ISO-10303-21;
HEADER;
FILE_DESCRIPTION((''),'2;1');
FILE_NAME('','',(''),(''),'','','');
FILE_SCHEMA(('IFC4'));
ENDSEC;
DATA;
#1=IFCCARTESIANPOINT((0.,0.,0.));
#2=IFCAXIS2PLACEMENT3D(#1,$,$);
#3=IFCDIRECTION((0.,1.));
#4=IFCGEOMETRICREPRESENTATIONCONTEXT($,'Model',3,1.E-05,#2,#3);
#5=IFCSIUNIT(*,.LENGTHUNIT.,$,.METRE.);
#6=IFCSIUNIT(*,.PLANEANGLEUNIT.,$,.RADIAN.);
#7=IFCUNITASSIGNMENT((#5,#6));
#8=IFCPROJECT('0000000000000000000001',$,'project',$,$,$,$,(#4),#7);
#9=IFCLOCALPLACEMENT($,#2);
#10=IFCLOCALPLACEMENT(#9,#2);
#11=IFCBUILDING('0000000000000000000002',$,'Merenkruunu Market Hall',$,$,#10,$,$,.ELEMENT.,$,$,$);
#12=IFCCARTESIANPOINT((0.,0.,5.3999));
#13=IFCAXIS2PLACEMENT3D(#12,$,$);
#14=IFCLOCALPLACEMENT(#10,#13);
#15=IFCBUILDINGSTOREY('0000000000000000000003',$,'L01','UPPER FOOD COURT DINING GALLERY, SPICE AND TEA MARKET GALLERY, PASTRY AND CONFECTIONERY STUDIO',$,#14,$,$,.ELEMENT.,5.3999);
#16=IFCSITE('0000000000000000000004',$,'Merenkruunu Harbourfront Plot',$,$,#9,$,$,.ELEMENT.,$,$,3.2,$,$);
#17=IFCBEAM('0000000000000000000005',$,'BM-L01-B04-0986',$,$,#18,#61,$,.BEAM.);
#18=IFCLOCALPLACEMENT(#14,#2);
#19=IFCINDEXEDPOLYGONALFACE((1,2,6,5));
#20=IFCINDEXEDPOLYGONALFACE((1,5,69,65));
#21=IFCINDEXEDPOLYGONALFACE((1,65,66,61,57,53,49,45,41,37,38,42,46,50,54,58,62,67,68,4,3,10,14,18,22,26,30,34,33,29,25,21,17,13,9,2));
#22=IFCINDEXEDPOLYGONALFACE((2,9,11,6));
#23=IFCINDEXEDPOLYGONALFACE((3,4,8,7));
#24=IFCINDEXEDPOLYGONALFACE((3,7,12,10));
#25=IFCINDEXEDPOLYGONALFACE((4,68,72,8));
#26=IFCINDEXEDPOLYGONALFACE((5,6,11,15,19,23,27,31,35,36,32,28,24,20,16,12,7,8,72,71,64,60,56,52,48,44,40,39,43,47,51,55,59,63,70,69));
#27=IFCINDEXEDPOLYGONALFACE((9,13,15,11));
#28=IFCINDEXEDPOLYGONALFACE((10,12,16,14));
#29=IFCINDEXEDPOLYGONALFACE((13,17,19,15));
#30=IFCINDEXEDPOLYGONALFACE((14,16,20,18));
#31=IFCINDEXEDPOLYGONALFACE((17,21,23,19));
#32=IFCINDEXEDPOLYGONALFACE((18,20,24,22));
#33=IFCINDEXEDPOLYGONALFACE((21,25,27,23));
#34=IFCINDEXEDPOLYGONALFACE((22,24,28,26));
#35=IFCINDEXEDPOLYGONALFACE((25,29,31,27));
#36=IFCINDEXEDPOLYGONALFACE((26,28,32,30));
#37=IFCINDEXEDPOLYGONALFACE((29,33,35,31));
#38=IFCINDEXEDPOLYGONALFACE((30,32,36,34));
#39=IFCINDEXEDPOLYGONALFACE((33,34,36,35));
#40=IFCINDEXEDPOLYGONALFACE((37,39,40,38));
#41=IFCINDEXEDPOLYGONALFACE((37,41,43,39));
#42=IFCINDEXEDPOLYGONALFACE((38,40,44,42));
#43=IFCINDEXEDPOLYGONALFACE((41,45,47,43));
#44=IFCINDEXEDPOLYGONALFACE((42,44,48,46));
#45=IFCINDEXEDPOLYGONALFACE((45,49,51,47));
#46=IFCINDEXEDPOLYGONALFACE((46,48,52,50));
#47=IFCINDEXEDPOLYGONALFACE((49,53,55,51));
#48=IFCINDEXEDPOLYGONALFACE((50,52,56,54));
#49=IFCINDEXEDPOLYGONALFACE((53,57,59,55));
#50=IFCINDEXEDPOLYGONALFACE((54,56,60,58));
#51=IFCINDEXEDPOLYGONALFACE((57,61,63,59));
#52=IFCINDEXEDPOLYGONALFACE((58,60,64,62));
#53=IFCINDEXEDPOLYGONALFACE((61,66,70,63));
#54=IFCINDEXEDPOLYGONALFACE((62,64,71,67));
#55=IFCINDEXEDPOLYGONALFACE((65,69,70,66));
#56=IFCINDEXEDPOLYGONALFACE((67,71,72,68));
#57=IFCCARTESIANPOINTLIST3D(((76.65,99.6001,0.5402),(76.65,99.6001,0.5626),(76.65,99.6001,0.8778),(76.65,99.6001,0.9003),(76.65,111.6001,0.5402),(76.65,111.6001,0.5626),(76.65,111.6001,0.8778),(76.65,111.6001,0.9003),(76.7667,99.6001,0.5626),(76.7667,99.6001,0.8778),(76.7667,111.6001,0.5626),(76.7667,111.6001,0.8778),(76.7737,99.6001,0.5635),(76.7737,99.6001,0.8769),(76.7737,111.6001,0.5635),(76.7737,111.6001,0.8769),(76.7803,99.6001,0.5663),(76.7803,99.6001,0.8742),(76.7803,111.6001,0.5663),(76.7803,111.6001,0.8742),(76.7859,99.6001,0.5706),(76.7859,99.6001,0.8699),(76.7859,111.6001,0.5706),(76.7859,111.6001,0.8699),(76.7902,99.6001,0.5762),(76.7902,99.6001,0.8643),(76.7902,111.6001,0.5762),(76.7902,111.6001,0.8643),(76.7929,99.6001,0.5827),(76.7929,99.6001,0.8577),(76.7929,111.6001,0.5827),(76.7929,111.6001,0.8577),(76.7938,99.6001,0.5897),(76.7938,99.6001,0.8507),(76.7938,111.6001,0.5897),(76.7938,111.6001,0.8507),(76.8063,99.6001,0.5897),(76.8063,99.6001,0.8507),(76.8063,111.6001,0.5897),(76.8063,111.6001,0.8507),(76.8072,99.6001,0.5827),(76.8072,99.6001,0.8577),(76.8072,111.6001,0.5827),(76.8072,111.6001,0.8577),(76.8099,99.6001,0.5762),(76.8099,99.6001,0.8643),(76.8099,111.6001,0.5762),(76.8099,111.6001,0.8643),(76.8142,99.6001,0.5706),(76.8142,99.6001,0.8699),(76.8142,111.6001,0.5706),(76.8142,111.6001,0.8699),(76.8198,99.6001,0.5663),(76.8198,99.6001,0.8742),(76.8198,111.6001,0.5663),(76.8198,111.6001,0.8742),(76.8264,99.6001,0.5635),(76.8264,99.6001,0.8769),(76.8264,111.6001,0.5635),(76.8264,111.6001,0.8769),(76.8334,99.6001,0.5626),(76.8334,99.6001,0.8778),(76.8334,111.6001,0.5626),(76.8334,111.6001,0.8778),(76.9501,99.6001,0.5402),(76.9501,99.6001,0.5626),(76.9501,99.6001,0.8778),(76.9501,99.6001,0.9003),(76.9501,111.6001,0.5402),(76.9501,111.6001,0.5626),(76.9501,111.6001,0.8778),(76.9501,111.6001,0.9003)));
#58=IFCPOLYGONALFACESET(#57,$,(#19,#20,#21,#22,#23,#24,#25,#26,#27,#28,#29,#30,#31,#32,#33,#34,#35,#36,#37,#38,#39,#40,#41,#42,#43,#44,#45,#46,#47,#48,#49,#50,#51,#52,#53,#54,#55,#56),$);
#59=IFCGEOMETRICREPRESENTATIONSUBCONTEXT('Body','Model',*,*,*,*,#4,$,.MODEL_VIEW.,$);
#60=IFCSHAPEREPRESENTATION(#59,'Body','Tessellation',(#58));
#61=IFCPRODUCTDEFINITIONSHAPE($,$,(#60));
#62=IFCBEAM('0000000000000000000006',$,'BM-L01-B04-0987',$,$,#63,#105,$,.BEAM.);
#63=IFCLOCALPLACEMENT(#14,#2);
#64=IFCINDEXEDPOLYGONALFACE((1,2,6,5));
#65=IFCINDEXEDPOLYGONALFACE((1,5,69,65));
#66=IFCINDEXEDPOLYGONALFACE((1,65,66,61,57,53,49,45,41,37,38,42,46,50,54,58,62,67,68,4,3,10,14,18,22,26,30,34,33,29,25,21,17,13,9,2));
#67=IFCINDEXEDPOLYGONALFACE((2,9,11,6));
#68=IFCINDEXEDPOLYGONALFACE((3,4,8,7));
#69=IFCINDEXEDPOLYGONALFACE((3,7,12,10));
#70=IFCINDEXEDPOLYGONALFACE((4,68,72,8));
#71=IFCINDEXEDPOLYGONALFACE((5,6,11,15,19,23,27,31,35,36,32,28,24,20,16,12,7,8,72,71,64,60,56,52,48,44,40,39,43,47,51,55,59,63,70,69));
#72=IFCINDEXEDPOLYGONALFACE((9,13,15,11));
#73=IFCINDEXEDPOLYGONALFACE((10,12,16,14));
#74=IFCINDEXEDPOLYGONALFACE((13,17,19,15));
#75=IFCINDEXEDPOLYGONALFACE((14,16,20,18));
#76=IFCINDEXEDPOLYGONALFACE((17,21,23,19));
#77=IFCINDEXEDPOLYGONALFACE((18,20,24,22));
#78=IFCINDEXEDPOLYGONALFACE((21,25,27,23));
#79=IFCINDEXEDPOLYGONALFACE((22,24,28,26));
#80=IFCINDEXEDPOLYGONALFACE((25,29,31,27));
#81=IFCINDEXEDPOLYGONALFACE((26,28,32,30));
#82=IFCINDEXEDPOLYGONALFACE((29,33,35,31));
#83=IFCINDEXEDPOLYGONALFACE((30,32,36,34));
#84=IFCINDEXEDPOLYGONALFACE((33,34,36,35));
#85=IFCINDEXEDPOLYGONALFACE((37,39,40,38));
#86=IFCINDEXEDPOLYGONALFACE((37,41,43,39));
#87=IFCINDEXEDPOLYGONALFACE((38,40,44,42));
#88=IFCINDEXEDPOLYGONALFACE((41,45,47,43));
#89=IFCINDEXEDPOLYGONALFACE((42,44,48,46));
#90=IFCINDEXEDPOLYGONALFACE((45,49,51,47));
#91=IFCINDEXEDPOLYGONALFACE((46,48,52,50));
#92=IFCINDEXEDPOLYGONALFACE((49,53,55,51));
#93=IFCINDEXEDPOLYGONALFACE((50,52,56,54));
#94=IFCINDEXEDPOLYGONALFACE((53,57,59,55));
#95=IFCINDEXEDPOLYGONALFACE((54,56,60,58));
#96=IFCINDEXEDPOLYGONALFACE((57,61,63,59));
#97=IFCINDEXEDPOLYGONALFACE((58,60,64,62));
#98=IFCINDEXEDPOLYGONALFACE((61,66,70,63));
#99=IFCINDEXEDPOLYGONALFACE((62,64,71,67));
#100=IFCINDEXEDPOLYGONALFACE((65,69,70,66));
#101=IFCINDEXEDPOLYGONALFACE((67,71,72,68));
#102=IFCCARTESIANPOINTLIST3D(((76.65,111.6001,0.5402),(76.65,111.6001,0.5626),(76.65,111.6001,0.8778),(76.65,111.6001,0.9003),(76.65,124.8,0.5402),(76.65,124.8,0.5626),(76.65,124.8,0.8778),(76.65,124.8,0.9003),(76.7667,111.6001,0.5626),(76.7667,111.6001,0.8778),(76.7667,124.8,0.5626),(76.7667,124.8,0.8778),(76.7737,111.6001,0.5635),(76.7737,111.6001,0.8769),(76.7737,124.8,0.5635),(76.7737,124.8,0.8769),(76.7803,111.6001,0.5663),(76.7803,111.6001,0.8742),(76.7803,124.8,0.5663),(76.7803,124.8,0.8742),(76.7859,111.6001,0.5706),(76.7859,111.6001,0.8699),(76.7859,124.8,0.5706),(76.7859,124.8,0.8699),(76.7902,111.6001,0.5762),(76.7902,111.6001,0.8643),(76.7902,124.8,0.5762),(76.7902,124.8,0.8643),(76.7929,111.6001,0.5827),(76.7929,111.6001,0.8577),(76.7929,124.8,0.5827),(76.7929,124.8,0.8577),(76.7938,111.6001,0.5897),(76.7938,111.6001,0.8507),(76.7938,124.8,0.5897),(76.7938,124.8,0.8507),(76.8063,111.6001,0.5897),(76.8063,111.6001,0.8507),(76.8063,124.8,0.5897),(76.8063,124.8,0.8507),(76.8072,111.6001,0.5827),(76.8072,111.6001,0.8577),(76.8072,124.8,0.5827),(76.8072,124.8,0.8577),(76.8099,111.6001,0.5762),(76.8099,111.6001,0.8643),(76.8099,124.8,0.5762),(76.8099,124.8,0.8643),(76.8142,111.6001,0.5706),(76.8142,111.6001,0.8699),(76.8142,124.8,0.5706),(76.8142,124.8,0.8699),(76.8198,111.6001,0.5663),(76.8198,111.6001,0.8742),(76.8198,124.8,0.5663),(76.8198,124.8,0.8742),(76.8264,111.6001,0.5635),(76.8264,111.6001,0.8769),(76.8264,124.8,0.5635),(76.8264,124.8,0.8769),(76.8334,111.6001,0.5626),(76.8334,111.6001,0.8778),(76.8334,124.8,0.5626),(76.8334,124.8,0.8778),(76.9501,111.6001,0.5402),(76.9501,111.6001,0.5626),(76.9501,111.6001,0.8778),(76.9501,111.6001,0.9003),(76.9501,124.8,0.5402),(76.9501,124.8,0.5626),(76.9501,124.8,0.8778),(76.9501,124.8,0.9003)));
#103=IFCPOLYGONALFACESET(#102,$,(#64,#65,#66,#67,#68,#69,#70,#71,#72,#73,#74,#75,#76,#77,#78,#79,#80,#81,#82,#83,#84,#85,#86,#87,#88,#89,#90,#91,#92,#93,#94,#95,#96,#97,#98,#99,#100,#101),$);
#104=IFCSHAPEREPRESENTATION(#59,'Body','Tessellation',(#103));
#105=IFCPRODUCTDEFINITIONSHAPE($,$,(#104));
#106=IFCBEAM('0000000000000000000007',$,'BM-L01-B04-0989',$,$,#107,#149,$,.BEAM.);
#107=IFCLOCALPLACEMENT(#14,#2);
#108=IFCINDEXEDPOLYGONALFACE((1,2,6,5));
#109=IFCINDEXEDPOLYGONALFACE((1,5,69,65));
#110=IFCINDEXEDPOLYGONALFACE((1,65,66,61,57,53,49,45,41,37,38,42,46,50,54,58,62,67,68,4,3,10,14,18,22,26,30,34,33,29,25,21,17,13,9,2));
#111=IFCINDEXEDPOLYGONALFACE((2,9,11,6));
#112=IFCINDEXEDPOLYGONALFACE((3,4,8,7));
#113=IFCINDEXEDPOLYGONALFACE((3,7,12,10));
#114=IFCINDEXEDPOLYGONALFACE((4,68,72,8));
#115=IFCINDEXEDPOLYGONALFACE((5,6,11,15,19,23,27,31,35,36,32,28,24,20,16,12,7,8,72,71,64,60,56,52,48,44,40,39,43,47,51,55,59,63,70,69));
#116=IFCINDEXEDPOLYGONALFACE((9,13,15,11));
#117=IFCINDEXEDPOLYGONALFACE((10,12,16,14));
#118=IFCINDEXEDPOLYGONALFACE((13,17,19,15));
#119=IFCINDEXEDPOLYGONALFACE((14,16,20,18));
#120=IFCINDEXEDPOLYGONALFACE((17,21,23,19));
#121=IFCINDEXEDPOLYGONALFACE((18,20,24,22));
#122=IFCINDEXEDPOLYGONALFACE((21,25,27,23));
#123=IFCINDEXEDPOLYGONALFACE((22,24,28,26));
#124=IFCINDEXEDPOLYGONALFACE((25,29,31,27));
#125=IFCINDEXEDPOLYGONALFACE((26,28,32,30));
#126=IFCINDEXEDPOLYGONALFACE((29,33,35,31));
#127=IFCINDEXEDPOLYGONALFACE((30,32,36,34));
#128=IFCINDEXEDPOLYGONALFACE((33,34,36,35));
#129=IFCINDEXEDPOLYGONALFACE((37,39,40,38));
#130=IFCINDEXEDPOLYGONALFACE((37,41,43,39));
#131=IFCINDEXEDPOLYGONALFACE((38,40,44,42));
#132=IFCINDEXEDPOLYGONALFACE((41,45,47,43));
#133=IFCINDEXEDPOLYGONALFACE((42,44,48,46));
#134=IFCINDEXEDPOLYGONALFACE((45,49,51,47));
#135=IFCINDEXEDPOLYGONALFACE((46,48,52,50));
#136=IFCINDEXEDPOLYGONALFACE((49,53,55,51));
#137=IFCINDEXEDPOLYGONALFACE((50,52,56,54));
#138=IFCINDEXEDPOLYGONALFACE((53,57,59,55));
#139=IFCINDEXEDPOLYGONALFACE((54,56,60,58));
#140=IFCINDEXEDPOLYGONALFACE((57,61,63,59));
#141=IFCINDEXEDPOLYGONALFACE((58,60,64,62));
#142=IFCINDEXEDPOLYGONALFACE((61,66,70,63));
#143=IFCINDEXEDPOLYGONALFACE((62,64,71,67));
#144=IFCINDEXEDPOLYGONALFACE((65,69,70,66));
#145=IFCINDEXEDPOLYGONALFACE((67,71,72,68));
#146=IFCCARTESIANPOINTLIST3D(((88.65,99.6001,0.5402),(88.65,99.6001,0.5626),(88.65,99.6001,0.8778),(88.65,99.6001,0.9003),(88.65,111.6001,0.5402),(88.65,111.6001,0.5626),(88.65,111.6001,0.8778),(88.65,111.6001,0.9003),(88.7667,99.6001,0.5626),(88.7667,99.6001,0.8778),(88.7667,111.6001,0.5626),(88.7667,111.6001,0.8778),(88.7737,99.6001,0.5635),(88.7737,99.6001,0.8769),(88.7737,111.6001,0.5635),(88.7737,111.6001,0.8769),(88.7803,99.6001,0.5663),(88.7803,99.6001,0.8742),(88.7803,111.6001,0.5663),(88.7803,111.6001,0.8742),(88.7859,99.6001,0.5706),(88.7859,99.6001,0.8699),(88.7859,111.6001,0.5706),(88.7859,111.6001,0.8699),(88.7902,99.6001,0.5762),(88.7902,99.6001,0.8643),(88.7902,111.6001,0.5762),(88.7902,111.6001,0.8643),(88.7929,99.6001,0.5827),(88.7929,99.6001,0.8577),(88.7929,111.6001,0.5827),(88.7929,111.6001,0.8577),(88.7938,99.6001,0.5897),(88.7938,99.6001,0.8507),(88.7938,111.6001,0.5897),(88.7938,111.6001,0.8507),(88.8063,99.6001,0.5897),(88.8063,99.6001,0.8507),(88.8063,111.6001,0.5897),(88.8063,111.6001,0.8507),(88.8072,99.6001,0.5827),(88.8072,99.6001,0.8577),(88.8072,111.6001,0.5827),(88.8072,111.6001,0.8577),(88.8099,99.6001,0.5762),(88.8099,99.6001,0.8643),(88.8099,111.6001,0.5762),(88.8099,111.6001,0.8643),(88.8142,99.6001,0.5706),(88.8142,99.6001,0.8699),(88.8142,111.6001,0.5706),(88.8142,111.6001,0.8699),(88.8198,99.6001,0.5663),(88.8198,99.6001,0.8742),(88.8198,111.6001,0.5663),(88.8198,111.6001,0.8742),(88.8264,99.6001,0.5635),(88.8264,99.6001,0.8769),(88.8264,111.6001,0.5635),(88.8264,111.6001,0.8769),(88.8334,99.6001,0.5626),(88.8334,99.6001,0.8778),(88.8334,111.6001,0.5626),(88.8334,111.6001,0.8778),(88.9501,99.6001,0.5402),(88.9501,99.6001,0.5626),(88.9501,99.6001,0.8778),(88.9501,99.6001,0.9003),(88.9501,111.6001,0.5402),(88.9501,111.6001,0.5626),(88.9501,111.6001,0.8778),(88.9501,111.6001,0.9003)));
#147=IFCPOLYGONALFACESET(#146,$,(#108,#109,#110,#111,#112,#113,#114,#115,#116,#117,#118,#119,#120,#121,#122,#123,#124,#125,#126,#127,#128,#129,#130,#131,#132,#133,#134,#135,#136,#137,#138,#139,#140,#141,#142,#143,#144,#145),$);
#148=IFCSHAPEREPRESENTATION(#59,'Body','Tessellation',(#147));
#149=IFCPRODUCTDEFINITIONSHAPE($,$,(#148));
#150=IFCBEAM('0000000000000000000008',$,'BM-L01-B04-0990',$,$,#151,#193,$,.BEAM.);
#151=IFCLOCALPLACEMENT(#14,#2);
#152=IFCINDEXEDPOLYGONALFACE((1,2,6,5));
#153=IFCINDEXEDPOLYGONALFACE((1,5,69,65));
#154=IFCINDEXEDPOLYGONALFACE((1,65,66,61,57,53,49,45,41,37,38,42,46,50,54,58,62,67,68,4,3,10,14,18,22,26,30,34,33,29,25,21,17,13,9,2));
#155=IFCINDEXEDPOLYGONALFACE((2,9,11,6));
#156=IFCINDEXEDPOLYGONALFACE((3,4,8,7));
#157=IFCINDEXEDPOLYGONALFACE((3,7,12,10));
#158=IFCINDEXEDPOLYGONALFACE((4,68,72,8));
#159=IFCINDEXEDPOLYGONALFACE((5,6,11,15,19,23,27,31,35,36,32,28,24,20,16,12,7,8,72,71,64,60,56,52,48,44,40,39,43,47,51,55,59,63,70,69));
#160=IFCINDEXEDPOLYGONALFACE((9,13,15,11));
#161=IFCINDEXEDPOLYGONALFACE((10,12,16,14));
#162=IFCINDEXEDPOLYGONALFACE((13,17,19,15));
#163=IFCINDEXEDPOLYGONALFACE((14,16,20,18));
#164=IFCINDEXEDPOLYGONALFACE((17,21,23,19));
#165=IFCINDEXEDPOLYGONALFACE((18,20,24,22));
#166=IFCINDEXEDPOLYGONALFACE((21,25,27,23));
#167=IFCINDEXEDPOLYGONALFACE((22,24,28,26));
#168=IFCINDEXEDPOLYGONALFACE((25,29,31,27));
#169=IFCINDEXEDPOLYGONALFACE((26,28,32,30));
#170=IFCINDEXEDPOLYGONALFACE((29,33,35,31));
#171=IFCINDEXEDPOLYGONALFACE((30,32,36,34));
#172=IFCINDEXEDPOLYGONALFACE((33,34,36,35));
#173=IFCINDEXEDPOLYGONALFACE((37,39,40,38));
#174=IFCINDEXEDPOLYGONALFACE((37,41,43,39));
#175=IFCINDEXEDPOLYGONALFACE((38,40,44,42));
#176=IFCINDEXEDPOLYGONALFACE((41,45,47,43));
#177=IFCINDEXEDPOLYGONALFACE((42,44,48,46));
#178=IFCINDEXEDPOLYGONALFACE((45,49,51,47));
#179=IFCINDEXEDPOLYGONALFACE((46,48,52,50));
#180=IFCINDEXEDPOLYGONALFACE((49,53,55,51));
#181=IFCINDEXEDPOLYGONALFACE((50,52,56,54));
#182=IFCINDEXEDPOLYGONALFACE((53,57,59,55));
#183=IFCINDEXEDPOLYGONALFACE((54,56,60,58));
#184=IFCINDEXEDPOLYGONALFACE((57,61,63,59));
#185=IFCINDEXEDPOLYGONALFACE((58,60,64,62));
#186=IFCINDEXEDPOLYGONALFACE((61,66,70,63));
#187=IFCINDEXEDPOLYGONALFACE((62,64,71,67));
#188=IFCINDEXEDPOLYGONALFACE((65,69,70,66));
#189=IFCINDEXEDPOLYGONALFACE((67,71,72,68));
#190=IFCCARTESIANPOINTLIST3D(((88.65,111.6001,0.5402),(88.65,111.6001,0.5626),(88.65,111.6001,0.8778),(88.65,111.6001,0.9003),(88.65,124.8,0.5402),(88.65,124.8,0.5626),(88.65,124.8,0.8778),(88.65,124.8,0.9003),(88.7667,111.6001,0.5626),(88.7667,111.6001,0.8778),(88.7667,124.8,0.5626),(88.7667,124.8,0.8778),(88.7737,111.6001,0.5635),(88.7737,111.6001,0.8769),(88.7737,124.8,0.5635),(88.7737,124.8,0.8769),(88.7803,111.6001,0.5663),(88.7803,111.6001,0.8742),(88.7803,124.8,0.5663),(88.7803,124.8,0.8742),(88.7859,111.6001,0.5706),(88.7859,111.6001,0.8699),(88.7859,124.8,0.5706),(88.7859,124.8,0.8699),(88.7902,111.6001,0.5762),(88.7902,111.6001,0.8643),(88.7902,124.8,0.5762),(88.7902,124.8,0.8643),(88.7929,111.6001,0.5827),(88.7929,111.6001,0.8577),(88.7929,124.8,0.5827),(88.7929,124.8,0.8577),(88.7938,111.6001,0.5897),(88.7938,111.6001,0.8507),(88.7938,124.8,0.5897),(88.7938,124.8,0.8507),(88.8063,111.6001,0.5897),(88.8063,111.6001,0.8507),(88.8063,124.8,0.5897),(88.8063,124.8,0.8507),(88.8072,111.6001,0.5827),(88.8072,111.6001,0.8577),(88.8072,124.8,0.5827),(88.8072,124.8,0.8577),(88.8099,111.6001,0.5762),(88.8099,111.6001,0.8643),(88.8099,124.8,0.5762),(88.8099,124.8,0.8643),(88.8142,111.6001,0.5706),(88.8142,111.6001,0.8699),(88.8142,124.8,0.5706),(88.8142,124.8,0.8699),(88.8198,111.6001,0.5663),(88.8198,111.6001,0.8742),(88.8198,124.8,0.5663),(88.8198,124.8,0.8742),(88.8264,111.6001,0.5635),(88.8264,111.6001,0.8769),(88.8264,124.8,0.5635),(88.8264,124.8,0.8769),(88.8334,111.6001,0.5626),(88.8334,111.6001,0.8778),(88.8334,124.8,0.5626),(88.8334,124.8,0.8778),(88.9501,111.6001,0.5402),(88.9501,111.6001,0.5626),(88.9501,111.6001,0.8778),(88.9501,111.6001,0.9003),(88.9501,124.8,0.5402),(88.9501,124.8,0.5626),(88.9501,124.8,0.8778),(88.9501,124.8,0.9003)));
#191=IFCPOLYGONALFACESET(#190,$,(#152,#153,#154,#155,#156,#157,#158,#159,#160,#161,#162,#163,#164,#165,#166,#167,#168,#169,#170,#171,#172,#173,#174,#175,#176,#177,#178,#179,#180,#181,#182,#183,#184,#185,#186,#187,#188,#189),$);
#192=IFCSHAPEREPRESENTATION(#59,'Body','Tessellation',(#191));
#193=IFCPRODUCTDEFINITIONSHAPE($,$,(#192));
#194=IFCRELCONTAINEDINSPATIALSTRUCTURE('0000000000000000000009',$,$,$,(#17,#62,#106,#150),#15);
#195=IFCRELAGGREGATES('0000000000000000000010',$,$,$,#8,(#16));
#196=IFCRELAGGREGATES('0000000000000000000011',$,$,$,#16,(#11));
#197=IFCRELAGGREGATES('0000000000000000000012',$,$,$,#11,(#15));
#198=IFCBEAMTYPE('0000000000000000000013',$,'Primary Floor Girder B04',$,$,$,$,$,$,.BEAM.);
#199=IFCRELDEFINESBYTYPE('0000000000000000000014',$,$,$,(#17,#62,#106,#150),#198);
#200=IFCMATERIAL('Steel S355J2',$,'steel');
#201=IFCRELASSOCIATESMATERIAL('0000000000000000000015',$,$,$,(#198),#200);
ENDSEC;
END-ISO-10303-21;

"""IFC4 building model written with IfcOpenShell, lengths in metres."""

from ifc_helpers import new_model, si_unit, direction, frame, origin, origin_2d, place, context, subcontext, project, spatial, i_section, extrude, material, material_profile, profile_set, type_object, element, save


model = new_model("IFC4")

# Units and contexts
model_context = context("Model", 3, precision=1e-05, world=origin(), true_north=direction((0.0, 1.0)))
body_context = subcontext(model_context, "Body", "Model", "MODEL_VIEW")
ifc_project = project(units=[si_unit("LENGTHUNIT", "METRE"), si_unit("PLANEANGLEUNIT", "RADIAN")], contexts=[model_context])

# Site, building, storey
site_placement = place(None, origin())
site = spatial("IfcSite", under=ifc_project, at=site_placement, Name="Merenkruunu Harbourfront Plot", CompositionType="ELEMENT", RefElevation=3.2)
building_placement = place(site_placement, origin())
building = spatial("IfcBuilding", under=site, at=building_placement, Name="Merenkruunu Market Hall", CompositionType="ELEMENT")
storey_placement = place(building_placement, frame((0.0, 0.0, 5.3999)))
storey = spatial("IfcBuildingStorey", under=building, at=storey_placement, Name="L01", Description="UPPER FOOD COURT DINING GALLERY, SPICE AND TEA MARKET GALLERY, PASTRY AND CONFECTIONERY STUDIO", CompositionType="ELEMENT", Elevation=5.3999)

# Beams
ifc_material_1 = material(Name="Steel S355J2", Category="steel")
ifc_material_profile_1 = material_profile(ifc_material_1, i_section(OverallWidth=0.3, OverallDepth=0.3601, WebThickness=0.0125, FlangeThickness=0.0225, FilletRadius=0.0271, at=origin_2d()), Name="HEB 360")
ifc_profile_set_1 = profile_set([ifc_material_profile_1], Name="Steel S355J2")
beam_type_1 = type_object("IfcBeamType", Name="Primary Floor Girder B04", PredefinedType="BEAM", material=ifc_profile_set_1)
for number, where, z_axis, x_axis, name in (
    (1, (76.8, 99.6001, 0.7202), (0.0, 1.0, 0.0), (-1.0, 0.0, 0.0), "BM-L01-B04-0986"),
):
    element("IfcBeam", number, at=place(storey_placement, frame(where, z_axis=z_axis, x_axis=x_axis)), inside=storey, type_object=beam_type_1, Name=name, PredefinedType="BEAM", context=body_context, shape_type="SweptSolid", body=[
        extrude(i_section(OverallWidth=0.3, OverallDepth=0.3601, WebThickness=0.0125, FlangeThickness=0.0225, FilletRadius=0.0271, at=origin_2d()), origin(), (0.0, 0.0, 1.0), 12.0),
    ])
beam_1_placement = place(storey_placement, frame((76.8, 111.6001, 0.7202), z_axis=(0.0, 1.0, 0.0), x_axis=(-1.0, 0.0, 0.0)))
element("IfcBeam", 2, at=beam_1_placement, inside=storey, type_object=beam_type_1, Name="BM-L01-B04-0987", PredefinedType="BEAM", context=body_context, shape_type="SweptSolid", body=[
    extrude(i_section(OverallWidth=0.3, OverallDepth=0.3601, WebThickness=0.0125, FlangeThickness=0.0225, FilletRadius=0.0271, at=origin_2d()), origin(), (0.0, 0.0, 1.0), 13.2),
])
beam_2_placement = place(storey_placement, frame((88.8, 99.6001, 0.7202), z_axis=(0.0, 1.0, 0.0), x_axis=(-1.0, 0.0, 0.0)))
element("IfcBeam", 3, at=beam_2_placement, inside=storey, type_object=beam_type_1, Name="BM-L01-B04-0989", PredefinedType="BEAM", context=body_context, shape_type="SweptSolid", body=[
    extrude(i_section(OverallWidth=0.3, OverallDepth=0.3601, WebThickness=0.0125, FlangeThickness=0.0225, FilletRadius=0.0271, at=origin_2d()), origin(), (0.0, 0.0, 1.0), 12.0),
])
beam_3_placement = place(storey_placement, frame((88.8, 111.6001, 0.7202), z_axis=(0.0, 1.0, 0.0), x_axis=(-1.0, 0.0, 0.0)))
element("IfcBeam", 4, at=beam_3_placement, inside=storey, type_object=beam_type_1, Name="BM-L01-B04-0990", PredefinedType="BEAM", context=body_context, shape_type="SweptSolid", body=[
    extrude(i_section(OverallWidth=0.3, OverallDepth=0.3601, WebThickness=0.0125, FlangeThickness=0.0225, FilletRadius=0.0271, at=origin_2d()), origin(), (0.0, 0.0, 1.0), 13.2),
])

save(model, "model.ifc")
